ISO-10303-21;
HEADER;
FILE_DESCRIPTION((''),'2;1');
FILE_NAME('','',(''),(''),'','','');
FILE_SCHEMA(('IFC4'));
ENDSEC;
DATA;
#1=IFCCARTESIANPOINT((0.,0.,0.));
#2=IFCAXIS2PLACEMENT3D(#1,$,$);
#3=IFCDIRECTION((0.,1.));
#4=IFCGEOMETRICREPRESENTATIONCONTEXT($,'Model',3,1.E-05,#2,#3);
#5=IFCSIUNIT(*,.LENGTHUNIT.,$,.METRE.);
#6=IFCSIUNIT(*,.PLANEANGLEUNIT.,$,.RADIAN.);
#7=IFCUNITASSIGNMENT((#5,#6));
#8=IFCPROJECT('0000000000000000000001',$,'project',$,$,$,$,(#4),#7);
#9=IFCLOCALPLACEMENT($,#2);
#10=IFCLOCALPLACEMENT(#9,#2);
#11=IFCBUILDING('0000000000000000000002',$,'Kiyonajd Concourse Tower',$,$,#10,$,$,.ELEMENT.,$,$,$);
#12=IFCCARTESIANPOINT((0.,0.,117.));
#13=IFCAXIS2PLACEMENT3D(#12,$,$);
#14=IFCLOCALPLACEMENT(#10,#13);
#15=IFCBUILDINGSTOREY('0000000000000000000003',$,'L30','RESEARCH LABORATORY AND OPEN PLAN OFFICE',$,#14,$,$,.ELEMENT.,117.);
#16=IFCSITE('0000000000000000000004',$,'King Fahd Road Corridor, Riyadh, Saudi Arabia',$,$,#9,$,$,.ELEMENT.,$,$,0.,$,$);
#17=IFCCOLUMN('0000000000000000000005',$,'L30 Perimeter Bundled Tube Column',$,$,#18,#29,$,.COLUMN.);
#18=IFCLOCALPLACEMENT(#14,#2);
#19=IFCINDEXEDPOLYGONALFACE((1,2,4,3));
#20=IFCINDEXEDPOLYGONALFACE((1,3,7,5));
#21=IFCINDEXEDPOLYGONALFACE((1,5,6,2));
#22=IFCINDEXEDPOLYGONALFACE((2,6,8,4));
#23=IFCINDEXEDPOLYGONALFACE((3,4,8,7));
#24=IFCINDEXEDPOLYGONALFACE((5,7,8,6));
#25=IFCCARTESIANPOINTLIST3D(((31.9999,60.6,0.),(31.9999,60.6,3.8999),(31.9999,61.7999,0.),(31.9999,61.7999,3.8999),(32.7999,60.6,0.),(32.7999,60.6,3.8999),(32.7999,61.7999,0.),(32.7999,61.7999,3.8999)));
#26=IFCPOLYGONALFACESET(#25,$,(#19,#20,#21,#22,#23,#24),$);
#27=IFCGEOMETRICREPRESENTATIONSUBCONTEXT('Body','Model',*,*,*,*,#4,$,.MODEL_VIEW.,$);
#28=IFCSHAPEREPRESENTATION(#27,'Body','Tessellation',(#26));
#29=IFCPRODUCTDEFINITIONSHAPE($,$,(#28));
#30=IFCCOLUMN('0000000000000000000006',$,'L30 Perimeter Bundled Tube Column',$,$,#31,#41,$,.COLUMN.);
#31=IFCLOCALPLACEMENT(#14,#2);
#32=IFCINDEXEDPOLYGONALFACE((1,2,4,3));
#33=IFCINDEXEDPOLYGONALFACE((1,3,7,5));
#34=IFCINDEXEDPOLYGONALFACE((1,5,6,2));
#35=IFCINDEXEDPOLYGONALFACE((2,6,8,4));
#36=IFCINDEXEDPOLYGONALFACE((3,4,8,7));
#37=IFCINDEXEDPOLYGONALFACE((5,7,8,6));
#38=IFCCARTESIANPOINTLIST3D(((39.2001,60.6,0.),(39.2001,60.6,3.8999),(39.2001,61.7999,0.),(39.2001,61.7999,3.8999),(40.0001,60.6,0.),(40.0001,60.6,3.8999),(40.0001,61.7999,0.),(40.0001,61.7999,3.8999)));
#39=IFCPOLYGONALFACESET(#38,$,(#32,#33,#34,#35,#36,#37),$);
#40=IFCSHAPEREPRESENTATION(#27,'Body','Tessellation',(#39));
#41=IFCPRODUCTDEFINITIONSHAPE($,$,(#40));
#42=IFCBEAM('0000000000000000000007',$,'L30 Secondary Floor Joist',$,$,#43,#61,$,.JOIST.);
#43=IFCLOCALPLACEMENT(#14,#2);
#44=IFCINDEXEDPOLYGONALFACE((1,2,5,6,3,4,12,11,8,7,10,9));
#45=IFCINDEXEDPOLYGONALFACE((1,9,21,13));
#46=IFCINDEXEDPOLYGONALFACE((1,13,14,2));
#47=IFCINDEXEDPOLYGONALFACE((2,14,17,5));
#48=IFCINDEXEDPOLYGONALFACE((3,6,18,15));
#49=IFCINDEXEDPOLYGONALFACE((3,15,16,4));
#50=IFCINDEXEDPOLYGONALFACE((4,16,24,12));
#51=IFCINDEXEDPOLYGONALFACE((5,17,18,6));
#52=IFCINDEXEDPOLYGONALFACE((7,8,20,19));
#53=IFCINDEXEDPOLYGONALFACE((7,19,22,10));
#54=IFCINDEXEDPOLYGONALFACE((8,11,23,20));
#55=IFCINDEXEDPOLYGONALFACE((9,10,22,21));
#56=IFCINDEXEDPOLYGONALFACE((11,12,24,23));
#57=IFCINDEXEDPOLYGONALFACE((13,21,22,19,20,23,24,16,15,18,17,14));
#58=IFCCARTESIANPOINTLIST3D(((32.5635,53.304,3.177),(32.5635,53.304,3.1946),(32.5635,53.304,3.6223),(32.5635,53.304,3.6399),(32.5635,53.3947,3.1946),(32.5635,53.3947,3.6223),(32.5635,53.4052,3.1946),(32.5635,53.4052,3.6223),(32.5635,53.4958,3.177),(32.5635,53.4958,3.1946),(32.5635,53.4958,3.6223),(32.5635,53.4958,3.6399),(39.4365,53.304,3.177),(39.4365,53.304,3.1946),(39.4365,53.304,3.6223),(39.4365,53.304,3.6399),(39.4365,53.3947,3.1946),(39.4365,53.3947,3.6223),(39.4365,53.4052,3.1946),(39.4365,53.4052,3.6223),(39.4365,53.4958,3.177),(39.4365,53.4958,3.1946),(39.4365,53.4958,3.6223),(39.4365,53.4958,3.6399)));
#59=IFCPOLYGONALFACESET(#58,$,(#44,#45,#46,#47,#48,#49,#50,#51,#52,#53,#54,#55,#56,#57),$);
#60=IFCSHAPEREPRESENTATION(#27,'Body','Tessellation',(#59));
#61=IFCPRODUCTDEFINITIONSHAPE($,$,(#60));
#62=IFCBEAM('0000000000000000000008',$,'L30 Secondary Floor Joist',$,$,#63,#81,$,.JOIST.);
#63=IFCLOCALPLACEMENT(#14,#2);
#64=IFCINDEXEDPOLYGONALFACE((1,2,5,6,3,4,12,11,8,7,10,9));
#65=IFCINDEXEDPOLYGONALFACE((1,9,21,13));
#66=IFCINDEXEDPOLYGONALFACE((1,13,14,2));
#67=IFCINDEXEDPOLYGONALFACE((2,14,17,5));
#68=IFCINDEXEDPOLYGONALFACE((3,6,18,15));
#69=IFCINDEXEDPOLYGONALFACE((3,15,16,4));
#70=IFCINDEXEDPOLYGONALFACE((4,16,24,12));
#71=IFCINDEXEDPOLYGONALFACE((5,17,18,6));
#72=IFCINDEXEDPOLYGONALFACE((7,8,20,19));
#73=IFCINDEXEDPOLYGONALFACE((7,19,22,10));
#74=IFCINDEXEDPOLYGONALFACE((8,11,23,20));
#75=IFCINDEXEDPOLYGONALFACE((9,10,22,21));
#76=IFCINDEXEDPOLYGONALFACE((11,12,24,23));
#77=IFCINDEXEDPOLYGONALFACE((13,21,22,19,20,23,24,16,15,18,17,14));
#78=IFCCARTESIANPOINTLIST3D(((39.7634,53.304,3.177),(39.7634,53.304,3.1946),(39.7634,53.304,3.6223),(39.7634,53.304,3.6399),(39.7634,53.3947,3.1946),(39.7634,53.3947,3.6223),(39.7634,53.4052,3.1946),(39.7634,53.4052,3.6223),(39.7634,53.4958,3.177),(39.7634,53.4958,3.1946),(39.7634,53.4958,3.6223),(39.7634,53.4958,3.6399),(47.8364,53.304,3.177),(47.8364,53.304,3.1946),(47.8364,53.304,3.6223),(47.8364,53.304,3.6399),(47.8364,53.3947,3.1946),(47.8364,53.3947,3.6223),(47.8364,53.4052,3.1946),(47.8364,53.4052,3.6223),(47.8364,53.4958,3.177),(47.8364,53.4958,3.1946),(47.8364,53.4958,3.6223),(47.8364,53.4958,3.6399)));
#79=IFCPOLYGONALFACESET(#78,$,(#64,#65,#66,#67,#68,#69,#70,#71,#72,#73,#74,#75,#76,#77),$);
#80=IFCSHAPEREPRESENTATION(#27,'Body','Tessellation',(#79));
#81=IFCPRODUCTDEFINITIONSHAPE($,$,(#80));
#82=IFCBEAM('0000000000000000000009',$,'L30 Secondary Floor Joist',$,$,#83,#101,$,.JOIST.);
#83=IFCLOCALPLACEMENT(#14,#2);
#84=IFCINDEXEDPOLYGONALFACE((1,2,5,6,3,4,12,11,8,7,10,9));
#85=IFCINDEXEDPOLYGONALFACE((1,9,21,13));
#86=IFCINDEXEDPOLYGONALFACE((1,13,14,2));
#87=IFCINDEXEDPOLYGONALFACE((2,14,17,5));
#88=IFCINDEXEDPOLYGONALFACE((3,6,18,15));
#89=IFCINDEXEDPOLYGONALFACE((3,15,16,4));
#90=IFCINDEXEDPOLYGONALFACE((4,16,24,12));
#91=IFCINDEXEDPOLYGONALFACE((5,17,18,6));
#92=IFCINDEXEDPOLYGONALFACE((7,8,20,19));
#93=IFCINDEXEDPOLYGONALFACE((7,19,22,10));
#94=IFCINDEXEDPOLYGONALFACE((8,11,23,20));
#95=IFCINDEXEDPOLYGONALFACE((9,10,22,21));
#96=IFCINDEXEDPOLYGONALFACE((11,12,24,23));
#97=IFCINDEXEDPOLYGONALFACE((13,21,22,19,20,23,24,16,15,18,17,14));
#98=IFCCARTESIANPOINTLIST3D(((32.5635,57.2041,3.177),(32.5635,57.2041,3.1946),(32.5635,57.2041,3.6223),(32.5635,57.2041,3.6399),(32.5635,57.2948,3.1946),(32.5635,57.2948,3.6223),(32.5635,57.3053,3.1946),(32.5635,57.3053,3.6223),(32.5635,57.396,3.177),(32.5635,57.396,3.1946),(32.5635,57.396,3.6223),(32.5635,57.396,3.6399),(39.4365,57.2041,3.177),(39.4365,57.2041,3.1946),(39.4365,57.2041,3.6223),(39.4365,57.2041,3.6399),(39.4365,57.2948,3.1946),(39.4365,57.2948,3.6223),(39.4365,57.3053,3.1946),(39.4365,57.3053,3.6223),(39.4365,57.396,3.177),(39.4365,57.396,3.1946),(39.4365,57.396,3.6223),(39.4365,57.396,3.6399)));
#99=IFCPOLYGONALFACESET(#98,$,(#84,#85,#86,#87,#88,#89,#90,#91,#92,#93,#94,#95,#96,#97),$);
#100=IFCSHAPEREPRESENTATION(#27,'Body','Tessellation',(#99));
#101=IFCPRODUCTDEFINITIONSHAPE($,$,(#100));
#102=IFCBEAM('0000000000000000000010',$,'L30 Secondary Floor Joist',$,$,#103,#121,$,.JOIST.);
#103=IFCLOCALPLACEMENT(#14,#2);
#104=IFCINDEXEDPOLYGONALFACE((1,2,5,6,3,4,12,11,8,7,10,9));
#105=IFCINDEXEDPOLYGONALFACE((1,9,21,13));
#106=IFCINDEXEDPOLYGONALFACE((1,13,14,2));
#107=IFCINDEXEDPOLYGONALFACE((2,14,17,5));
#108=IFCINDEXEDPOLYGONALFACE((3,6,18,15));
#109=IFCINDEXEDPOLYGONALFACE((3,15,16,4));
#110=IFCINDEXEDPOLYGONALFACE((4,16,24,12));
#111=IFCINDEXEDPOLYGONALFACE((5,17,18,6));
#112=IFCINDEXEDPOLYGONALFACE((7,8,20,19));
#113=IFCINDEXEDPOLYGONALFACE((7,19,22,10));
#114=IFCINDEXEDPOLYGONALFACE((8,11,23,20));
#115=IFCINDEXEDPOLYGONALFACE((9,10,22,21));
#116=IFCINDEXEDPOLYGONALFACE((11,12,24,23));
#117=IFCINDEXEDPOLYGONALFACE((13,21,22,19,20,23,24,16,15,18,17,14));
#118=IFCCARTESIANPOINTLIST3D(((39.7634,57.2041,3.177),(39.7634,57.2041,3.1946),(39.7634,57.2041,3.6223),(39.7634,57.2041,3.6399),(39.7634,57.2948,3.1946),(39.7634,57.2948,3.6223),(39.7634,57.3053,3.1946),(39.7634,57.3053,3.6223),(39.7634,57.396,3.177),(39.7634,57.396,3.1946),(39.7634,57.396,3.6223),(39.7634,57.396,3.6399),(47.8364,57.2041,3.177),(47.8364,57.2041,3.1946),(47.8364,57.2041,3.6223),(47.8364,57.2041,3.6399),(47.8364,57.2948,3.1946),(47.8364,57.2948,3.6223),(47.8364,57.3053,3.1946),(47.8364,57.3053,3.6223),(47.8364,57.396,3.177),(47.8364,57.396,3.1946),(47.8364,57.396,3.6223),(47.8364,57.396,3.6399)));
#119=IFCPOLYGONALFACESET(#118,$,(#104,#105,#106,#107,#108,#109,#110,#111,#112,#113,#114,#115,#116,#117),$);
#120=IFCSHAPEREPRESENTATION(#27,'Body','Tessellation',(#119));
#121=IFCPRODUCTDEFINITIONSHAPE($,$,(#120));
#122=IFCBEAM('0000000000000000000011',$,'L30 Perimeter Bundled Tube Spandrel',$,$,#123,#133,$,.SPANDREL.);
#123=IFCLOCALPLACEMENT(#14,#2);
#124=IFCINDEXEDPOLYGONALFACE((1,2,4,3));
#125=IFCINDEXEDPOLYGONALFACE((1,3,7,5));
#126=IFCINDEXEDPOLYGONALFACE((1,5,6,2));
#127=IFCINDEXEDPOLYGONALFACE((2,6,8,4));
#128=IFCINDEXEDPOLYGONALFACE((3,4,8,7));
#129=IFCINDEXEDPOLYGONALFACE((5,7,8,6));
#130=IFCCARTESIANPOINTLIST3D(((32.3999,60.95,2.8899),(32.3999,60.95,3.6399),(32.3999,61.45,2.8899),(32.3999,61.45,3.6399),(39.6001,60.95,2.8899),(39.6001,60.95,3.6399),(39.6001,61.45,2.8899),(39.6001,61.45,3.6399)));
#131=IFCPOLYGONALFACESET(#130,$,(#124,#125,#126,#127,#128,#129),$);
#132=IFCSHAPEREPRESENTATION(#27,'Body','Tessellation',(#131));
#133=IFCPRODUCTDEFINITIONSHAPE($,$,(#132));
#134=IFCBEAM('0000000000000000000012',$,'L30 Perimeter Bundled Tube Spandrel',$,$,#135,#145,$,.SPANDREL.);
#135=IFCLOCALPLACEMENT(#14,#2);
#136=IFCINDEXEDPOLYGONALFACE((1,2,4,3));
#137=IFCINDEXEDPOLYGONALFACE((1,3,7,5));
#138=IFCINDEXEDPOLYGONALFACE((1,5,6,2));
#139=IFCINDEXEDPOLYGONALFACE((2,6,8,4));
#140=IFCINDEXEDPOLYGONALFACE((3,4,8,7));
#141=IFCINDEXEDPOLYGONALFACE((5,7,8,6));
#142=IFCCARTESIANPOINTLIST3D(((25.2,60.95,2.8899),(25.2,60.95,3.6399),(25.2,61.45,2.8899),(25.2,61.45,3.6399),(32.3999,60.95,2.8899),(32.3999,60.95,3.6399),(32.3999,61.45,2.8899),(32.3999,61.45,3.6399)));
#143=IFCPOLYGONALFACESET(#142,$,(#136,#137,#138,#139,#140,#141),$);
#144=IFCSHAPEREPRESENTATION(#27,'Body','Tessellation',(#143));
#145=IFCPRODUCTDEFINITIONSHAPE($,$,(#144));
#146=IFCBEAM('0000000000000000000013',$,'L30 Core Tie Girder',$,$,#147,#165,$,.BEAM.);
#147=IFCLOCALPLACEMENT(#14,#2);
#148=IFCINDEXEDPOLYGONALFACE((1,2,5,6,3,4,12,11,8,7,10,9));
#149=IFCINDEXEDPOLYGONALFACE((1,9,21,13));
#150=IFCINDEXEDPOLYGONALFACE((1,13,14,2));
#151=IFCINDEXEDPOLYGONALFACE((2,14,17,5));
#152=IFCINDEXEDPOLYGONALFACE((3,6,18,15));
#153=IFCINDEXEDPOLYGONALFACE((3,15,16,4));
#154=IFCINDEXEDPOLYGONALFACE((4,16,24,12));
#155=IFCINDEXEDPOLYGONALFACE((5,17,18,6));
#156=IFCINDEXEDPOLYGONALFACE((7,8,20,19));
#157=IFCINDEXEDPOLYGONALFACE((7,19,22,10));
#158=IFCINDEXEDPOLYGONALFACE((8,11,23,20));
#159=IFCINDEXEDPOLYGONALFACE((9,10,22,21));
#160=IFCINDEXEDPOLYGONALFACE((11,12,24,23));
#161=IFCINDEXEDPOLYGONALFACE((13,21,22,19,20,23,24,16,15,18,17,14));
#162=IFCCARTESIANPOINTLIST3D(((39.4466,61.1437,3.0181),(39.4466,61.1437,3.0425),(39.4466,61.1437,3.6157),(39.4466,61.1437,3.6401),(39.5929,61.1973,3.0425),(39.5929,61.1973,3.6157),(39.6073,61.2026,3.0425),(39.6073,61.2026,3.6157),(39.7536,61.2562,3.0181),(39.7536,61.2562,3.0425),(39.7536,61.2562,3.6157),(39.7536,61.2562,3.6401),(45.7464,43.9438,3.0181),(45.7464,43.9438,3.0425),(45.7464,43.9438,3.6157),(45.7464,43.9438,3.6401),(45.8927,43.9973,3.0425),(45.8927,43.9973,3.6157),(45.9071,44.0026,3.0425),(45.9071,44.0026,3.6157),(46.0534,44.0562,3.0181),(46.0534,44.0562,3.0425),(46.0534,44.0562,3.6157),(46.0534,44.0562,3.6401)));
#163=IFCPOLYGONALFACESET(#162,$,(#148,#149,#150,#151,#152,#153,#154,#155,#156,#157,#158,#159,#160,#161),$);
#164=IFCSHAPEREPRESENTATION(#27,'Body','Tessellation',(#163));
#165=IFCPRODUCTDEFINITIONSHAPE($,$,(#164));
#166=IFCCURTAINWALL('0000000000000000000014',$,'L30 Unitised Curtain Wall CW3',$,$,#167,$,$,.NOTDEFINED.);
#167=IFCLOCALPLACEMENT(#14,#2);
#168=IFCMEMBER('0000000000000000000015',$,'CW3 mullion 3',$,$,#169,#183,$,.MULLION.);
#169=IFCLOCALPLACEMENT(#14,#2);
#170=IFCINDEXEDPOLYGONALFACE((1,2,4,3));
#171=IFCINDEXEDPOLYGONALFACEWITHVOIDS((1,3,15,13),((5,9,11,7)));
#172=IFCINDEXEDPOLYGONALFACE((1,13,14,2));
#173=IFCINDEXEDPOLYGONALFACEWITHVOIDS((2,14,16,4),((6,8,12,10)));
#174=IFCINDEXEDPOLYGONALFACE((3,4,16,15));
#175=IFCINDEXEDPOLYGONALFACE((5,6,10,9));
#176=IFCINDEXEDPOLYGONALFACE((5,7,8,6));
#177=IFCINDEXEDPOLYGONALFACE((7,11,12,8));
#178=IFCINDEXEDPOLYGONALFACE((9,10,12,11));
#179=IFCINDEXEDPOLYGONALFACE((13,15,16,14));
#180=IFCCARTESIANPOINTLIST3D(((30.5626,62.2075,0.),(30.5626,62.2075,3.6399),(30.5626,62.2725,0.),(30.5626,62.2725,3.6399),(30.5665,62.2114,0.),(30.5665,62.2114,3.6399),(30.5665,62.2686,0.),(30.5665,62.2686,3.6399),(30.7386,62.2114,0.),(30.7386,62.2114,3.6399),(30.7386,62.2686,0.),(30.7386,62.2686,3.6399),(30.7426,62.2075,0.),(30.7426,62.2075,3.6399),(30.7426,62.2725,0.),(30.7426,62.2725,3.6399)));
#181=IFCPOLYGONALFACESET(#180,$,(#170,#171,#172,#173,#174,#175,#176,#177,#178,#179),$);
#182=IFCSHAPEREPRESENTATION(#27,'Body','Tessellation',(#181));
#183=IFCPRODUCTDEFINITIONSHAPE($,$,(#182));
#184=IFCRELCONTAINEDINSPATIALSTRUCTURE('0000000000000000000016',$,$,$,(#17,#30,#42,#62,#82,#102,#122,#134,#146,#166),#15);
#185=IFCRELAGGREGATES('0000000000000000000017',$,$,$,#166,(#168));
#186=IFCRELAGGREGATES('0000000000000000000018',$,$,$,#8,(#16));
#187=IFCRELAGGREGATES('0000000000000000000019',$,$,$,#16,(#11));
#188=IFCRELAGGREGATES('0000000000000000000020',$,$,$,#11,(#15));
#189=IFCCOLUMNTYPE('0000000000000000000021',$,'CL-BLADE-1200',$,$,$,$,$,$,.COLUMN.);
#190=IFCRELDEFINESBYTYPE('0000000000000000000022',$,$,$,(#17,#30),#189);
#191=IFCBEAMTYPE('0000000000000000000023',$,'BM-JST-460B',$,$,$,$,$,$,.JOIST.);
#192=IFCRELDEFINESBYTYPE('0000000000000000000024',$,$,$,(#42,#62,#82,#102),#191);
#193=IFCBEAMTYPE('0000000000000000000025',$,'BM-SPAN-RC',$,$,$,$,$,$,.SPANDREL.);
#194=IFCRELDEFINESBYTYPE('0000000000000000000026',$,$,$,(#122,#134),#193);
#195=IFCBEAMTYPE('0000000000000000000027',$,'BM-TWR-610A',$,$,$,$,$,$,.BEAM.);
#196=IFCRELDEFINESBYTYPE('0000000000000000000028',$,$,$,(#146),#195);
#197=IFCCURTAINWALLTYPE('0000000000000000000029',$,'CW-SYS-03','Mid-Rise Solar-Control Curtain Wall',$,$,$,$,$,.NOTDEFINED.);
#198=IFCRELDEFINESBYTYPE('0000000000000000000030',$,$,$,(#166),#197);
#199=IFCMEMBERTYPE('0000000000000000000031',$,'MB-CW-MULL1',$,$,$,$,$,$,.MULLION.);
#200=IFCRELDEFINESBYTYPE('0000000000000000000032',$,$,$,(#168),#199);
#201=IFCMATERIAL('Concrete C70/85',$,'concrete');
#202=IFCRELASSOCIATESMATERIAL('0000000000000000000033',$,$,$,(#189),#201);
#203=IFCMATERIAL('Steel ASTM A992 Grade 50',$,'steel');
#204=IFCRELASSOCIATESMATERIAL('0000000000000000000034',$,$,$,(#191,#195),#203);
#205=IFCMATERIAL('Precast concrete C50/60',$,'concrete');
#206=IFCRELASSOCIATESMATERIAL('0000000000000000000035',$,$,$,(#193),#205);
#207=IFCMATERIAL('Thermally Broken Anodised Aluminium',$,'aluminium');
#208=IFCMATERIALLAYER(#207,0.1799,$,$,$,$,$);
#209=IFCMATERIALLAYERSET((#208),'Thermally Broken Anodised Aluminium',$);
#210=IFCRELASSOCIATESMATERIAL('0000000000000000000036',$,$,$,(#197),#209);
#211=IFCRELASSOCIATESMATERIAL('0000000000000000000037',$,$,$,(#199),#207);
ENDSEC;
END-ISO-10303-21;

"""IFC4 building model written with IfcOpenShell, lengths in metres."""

from ifc_helpers import new_model, si_unit, direction, frame, origin, origin_2d, place, context, subcontext, project, spatial, rectangle, hollow_rectangle, i_section, extrude, material, layer, layer_set, material_profile, profile_set, type_object, element, aggregate, save


model = new_model("IFC4")

# Units and contexts
model_context = context("Model", 3, precision=1e-05, world=origin(), true_north=direction((0.0, 1.0)))
body_context = subcontext(model_context, "Body", "Model", "MODEL_VIEW")
ifc_project = project(units=[si_unit("LENGTHUNIT", "METRE"), si_unit("PLANEANGLEUNIT", "RADIAN")], contexts=[model_context])

# Site, building, storey
site_placement = place(None, origin())
site = spatial("IfcSite", under=ifc_project, at=site_placement, Name="King Fahd Road Corridor, Riyadh, Saudi Arabia", CompositionType="ELEMENT", RefElevation=0.0)
building_placement = place(site_placement, origin())
building = spatial("IfcBuilding", under=site, at=building_placement, Name="Kiyonajd Concourse Tower", CompositionType="ELEMENT")
storey_placement = place(building_placement, frame((0.0, 0.0, 117.0)))
storey = spatial("IfcBuildingStorey", under=building, at=storey_placement, Name="L30", Description="RESEARCH LABORATORY AND OPEN PLAN OFFICE", CompositionType="ELEMENT", Elevation=117.0)

# Columns
ifc_material_1 = material(Name="Concrete C70/85", Category="concrete")
ifc_material_profile_1 = material_profile(ifc_material_1, rectangle(XDim=0.8, YDim=1.2, at=origin_2d()), Name="RC-1200x800")
ifc_profile_set_1 = profile_set([ifc_material_profile_1], Name="Concrete C70/85")
column_type = type_object("IfcColumnType", Name="CL-BLADE-1200", PredefinedType="COLUMN", material=ifc_profile_set_1)
for number, where, z_axis, x_axis, name in (
    (1, (32.3999, 61.2, 0.0), (0.0, 0.0, 1.0), (1.0, 0.0, 0.0), "L30 Perimeter Bundled Tube Column"),
    (2, (39.6001, 61.2, 0.0), (0.0, 0.0, 1.0), (1.0, 0.0, 0.0), "L30 Perimeter Bundled Tube Column"),
):
    element("IfcColumn", number, at=place(storey_placement, frame(where, z_axis=z_axis, x_axis=x_axis)), inside=storey, type_object=column_type, Name=name, PredefinedType="COLUMN", context=body_context, shape_type="SweptSolid", body=[
        extrude(rectangle(XDim=0.8, YDim=1.2, at=origin_2d()), origin(), (0.0, 0.0, 1.0), 3.8999),
    ])

# Beams
ifc_material_2 = material(Name="Steel ASTM A992 Grade 50", Category="steel")
ifc_material_profile_2 = material_profile(ifc_material_2, i_section(OverallWidth=0.1919, OverallDepth=0.4629, WebThickness=0.0105, FlangeThickness=0.0176, at=origin_2d()), Name="W460X89")
ifc_profile_set_2 = profile_set([ifc_material_profile_2], Name="Steel ASTM A992 Grade 50")
beam_type_1 = type_object("IfcBeamType", Name="BM-JST-460B", PredefinedType="JOIST", material=ifc_profile_set_2)
beam_1_placement = place(storey_placement, frame((32.5635, 53.3999, 3.4084), z_axis=(1.0, 0.0, 0.0), x_axis=(0.0, 1.0, 0.0)))
element("IfcBeam", 3, at=beam_1_placement, inside=storey, type_object=beam_type_1, Name="L30 Secondary Floor Joist", PredefinedType="JOIST", context=body_context, shape_type="SweptSolid", body=[
    extrude(i_section(OverallWidth=0.1919, OverallDepth=0.4629, WebThickness=0.0105, FlangeThickness=0.0176, at=origin_2d()), origin(), (0.0, 0.0, 1.0), 6.873),
])
beam_2_placement = place(storey_placement, frame((39.7634, 53.3999, 3.4084), z_axis=(1.0, 0.0, 0.0), x_axis=(0.0, 1.0, 0.0)))
element("IfcBeam", 4, at=beam_2_placement, inside=storey, type_object=beam_type_1, Name="L30 Secondary Floor Joist", PredefinedType="JOIST", context=body_context, shape_type="SweptSolid", body=[
    extrude(i_section(OverallWidth=0.1919, OverallDepth=0.4629, WebThickness=0.0105, FlangeThickness=0.0176, at=origin_2d()), origin(), (0.0, 0.0, 1.0), 8.073),
])
beam_3_placement = place(storey_placement, frame((32.5635, 57.3, 3.4084), z_axis=(1.0, 0.0, 0.0), x_axis=(0.0, 1.0, 0.0)))
element("IfcBeam", 5, at=beam_3_placement, inside=storey, type_object=beam_type_1, Name="L30 Secondary Floor Joist", PredefinedType="JOIST", context=body_context, shape_type="SweptSolid", body=[
    extrude(i_section(OverallWidth=0.1919, OverallDepth=0.4629, WebThickness=0.0105, FlangeThickness=0.0176, at=origin_2d()), origin(), (0.0, 0.0, 1.0), 6.873),
])
beam_4_placement = place(storey_placement, frame((39.7634, 57.3, 3.4084), z_axis=(1.0, 0.0, 0.0), x_axis=(0.0, 1.0, 0.0)))
element("IfcBeam", 6, at=beam_4_placement, inside=storey, type_object=beam_type_1, Name="L30 Secondary Floor Joist", PredefinedType="JOIST", context=body_context, shape_type="SweptSolid", body=[
    extrude(i_section(OverallWidth=0.1919, OverallDepth=0.4629, WebThickness=0.0105, FlangeThickness=0.0176, at=origin_2d()), origin(), (0.0, 0.0, 1.0), 8.073),
])
ifc_material_3 = material(Name="Precast concrete C50/60", Category="concrete")
ifc_material_profile_3 = material_profile(ifc_material_3, rectangle(XDim=0.5, YDim=0.75, at=origin_2d()), Name="RCBM-500x750")
ifc_profile_set_3 = profile_set([ifc_material_profile_3], Name="Precast concrete C50/60")
beam_type_2 = type_object("IfcBeamType", Name="BM-SPAN-RC", PredefinedType="SPANDREL", material=ifc_profile_set_3)
beam_5_placement = place(storey_placement, frame((39.6001, 61.2, 3.2649), z_axis=(-1.0, 0.0, 0.0), x_axis=(0.0, -1.0, 0.0)))
element("IfcBeam", 7, at=beam_5_placement, inside=storey, type_object=beam_type_2, Name="L30 Perimeter Bundled Tube Spandrel", PredefinedType="SPANDREL", context=body_context, shape_type="SweptSolid", body=[
    extrude(rectangle(XDim=0.5, YDim=0.75, at=origin_2d()), origin(), (0.0, 0.0, 1.0), 7.2002),
])
beam_6_placement = place(storey_placement, frame((32.3999, 61.2, 3.2649), z_axis=(-1.0, 0.0, 0.0), x_axis=(0.0, -1.0, 0.0)))
element("IfcBeam", 8, at=beam_6_placement, inside=storey, type_object=beam_type_2, Name="L30 Perimeter Bundled Tube Spandrel", PredefinedType="SPANDREL", context=body_context, shape_type="SweptSolid", body=[
    extrude(rectangle(XDim=0.5, YDim=0.75, at=origin_2d()), origin(), (0.0, 0.0, 1.0), 7.2),
])
ifc_material_profile_4 = material_profile(ifc_material_2, i_section(OverallWidth=0.3269, OverallDepth=0.6221, WebThickness=0.0154, FlangeThickness=0.0244, at=origin_2d()), Name="W610X195")
ifc_profile_set_4 = profile_set([ifc_material_profile_4], Name="Steel ASTM A992 Grade 50")
beam_type_3 = type_object("IfcBeamType", Name="BM-TWR-610A", PredefinedType="BEAM", material=ifc_profile_set_4)
beam_7_placement = place(storey_placement, frame((39.6001, 61.2, 3.3291), z_axis=(0.343925, -0.938997, 0.0), x_axis=(0.938997, 0.343925, 0.0)))
element("IfcBeam", 9, at=beam_7_placement, inside=storey, type_object=beam_type_3, Name="L30 Core Tie Girder", PredefinedType="BEAM", context=body_context, shape_type="SweptSolid", body=[
    extrude(i_section(OverallWidth=0.3269, OverallDepth=0.6221, WebThickness=0.0154, FlangeThickness=0.0244, at=origin_2d()), origin(), (0.0, 0.0, 1.0), 18.3174),
])

# Curtain wall, member
ifc_material_4 = material(Name="Thermally Broken Anodised Aluminium", Category="aluminium")
ifc_layer_1 = layer(ifc_material_4, 0.1799)
ifc_layer_set_1 = layer_set([ifc_layer_1], Name="Thermally Broken Anodised Aluminium")
curtain_wall_type = type_object("IfcCurtainWallType", Name="CW-SYS-03", Description="Mid-Rise Solar-Control Curtain Wall", PredefinedType="NOTDEFINED", material=ifc_layer_set_1)
curtain_wall_placement = place(storey_placement, origin())
curtain_wall = element("IfcCurtainWall", 10, at=curtain_wall_placement, inside=storey, type_object=curtain_wall_type, Name="L30 Unitised Curtain Wall CW3", PredefinedType="NOTDEFINED")
ifc_material_profile_5 = material_profile(ifc_material_4, hollow_rectangle(XDim=0.0649, YDim=0.1799, WallThickness=0.0039, at=origin_2d()), Name="MULL-65x180")
ifc_profile_set_5 = profile_set([ifc_material_profile_5], Name="Thermally Broken Anodised Aluminium")
member_type_1 = type_object("IfcMemberType", Name="MB-CW-MULL1", PredefinedType="MULLION", material=ifc_profile_set_5)
member_1_placement = place(storey_placement, frame((30.6526, 62.24, 0.0), z_axis=(0.0, 0.0, 1.0), x_axis=(0.0, 1.0, 0.0)))
member_1 = element("IfcMember", 11, at=member_1_placement, type_object=member_type_1, Name="CW3 mullion 3", PredefinedType="MULLION", context=body_context, shape_type="SweptSolid", body=[
    extrude(hollow_rectangle(XDim=0.0649, YDim=0.1799, WallThickness=0.0039, at=origin_2d()), origin(), (0.0, 0.0, 1.0), 3.6399),
])
aggregate(curtain_wall, [member_1])

save(model, "model.ifc")
